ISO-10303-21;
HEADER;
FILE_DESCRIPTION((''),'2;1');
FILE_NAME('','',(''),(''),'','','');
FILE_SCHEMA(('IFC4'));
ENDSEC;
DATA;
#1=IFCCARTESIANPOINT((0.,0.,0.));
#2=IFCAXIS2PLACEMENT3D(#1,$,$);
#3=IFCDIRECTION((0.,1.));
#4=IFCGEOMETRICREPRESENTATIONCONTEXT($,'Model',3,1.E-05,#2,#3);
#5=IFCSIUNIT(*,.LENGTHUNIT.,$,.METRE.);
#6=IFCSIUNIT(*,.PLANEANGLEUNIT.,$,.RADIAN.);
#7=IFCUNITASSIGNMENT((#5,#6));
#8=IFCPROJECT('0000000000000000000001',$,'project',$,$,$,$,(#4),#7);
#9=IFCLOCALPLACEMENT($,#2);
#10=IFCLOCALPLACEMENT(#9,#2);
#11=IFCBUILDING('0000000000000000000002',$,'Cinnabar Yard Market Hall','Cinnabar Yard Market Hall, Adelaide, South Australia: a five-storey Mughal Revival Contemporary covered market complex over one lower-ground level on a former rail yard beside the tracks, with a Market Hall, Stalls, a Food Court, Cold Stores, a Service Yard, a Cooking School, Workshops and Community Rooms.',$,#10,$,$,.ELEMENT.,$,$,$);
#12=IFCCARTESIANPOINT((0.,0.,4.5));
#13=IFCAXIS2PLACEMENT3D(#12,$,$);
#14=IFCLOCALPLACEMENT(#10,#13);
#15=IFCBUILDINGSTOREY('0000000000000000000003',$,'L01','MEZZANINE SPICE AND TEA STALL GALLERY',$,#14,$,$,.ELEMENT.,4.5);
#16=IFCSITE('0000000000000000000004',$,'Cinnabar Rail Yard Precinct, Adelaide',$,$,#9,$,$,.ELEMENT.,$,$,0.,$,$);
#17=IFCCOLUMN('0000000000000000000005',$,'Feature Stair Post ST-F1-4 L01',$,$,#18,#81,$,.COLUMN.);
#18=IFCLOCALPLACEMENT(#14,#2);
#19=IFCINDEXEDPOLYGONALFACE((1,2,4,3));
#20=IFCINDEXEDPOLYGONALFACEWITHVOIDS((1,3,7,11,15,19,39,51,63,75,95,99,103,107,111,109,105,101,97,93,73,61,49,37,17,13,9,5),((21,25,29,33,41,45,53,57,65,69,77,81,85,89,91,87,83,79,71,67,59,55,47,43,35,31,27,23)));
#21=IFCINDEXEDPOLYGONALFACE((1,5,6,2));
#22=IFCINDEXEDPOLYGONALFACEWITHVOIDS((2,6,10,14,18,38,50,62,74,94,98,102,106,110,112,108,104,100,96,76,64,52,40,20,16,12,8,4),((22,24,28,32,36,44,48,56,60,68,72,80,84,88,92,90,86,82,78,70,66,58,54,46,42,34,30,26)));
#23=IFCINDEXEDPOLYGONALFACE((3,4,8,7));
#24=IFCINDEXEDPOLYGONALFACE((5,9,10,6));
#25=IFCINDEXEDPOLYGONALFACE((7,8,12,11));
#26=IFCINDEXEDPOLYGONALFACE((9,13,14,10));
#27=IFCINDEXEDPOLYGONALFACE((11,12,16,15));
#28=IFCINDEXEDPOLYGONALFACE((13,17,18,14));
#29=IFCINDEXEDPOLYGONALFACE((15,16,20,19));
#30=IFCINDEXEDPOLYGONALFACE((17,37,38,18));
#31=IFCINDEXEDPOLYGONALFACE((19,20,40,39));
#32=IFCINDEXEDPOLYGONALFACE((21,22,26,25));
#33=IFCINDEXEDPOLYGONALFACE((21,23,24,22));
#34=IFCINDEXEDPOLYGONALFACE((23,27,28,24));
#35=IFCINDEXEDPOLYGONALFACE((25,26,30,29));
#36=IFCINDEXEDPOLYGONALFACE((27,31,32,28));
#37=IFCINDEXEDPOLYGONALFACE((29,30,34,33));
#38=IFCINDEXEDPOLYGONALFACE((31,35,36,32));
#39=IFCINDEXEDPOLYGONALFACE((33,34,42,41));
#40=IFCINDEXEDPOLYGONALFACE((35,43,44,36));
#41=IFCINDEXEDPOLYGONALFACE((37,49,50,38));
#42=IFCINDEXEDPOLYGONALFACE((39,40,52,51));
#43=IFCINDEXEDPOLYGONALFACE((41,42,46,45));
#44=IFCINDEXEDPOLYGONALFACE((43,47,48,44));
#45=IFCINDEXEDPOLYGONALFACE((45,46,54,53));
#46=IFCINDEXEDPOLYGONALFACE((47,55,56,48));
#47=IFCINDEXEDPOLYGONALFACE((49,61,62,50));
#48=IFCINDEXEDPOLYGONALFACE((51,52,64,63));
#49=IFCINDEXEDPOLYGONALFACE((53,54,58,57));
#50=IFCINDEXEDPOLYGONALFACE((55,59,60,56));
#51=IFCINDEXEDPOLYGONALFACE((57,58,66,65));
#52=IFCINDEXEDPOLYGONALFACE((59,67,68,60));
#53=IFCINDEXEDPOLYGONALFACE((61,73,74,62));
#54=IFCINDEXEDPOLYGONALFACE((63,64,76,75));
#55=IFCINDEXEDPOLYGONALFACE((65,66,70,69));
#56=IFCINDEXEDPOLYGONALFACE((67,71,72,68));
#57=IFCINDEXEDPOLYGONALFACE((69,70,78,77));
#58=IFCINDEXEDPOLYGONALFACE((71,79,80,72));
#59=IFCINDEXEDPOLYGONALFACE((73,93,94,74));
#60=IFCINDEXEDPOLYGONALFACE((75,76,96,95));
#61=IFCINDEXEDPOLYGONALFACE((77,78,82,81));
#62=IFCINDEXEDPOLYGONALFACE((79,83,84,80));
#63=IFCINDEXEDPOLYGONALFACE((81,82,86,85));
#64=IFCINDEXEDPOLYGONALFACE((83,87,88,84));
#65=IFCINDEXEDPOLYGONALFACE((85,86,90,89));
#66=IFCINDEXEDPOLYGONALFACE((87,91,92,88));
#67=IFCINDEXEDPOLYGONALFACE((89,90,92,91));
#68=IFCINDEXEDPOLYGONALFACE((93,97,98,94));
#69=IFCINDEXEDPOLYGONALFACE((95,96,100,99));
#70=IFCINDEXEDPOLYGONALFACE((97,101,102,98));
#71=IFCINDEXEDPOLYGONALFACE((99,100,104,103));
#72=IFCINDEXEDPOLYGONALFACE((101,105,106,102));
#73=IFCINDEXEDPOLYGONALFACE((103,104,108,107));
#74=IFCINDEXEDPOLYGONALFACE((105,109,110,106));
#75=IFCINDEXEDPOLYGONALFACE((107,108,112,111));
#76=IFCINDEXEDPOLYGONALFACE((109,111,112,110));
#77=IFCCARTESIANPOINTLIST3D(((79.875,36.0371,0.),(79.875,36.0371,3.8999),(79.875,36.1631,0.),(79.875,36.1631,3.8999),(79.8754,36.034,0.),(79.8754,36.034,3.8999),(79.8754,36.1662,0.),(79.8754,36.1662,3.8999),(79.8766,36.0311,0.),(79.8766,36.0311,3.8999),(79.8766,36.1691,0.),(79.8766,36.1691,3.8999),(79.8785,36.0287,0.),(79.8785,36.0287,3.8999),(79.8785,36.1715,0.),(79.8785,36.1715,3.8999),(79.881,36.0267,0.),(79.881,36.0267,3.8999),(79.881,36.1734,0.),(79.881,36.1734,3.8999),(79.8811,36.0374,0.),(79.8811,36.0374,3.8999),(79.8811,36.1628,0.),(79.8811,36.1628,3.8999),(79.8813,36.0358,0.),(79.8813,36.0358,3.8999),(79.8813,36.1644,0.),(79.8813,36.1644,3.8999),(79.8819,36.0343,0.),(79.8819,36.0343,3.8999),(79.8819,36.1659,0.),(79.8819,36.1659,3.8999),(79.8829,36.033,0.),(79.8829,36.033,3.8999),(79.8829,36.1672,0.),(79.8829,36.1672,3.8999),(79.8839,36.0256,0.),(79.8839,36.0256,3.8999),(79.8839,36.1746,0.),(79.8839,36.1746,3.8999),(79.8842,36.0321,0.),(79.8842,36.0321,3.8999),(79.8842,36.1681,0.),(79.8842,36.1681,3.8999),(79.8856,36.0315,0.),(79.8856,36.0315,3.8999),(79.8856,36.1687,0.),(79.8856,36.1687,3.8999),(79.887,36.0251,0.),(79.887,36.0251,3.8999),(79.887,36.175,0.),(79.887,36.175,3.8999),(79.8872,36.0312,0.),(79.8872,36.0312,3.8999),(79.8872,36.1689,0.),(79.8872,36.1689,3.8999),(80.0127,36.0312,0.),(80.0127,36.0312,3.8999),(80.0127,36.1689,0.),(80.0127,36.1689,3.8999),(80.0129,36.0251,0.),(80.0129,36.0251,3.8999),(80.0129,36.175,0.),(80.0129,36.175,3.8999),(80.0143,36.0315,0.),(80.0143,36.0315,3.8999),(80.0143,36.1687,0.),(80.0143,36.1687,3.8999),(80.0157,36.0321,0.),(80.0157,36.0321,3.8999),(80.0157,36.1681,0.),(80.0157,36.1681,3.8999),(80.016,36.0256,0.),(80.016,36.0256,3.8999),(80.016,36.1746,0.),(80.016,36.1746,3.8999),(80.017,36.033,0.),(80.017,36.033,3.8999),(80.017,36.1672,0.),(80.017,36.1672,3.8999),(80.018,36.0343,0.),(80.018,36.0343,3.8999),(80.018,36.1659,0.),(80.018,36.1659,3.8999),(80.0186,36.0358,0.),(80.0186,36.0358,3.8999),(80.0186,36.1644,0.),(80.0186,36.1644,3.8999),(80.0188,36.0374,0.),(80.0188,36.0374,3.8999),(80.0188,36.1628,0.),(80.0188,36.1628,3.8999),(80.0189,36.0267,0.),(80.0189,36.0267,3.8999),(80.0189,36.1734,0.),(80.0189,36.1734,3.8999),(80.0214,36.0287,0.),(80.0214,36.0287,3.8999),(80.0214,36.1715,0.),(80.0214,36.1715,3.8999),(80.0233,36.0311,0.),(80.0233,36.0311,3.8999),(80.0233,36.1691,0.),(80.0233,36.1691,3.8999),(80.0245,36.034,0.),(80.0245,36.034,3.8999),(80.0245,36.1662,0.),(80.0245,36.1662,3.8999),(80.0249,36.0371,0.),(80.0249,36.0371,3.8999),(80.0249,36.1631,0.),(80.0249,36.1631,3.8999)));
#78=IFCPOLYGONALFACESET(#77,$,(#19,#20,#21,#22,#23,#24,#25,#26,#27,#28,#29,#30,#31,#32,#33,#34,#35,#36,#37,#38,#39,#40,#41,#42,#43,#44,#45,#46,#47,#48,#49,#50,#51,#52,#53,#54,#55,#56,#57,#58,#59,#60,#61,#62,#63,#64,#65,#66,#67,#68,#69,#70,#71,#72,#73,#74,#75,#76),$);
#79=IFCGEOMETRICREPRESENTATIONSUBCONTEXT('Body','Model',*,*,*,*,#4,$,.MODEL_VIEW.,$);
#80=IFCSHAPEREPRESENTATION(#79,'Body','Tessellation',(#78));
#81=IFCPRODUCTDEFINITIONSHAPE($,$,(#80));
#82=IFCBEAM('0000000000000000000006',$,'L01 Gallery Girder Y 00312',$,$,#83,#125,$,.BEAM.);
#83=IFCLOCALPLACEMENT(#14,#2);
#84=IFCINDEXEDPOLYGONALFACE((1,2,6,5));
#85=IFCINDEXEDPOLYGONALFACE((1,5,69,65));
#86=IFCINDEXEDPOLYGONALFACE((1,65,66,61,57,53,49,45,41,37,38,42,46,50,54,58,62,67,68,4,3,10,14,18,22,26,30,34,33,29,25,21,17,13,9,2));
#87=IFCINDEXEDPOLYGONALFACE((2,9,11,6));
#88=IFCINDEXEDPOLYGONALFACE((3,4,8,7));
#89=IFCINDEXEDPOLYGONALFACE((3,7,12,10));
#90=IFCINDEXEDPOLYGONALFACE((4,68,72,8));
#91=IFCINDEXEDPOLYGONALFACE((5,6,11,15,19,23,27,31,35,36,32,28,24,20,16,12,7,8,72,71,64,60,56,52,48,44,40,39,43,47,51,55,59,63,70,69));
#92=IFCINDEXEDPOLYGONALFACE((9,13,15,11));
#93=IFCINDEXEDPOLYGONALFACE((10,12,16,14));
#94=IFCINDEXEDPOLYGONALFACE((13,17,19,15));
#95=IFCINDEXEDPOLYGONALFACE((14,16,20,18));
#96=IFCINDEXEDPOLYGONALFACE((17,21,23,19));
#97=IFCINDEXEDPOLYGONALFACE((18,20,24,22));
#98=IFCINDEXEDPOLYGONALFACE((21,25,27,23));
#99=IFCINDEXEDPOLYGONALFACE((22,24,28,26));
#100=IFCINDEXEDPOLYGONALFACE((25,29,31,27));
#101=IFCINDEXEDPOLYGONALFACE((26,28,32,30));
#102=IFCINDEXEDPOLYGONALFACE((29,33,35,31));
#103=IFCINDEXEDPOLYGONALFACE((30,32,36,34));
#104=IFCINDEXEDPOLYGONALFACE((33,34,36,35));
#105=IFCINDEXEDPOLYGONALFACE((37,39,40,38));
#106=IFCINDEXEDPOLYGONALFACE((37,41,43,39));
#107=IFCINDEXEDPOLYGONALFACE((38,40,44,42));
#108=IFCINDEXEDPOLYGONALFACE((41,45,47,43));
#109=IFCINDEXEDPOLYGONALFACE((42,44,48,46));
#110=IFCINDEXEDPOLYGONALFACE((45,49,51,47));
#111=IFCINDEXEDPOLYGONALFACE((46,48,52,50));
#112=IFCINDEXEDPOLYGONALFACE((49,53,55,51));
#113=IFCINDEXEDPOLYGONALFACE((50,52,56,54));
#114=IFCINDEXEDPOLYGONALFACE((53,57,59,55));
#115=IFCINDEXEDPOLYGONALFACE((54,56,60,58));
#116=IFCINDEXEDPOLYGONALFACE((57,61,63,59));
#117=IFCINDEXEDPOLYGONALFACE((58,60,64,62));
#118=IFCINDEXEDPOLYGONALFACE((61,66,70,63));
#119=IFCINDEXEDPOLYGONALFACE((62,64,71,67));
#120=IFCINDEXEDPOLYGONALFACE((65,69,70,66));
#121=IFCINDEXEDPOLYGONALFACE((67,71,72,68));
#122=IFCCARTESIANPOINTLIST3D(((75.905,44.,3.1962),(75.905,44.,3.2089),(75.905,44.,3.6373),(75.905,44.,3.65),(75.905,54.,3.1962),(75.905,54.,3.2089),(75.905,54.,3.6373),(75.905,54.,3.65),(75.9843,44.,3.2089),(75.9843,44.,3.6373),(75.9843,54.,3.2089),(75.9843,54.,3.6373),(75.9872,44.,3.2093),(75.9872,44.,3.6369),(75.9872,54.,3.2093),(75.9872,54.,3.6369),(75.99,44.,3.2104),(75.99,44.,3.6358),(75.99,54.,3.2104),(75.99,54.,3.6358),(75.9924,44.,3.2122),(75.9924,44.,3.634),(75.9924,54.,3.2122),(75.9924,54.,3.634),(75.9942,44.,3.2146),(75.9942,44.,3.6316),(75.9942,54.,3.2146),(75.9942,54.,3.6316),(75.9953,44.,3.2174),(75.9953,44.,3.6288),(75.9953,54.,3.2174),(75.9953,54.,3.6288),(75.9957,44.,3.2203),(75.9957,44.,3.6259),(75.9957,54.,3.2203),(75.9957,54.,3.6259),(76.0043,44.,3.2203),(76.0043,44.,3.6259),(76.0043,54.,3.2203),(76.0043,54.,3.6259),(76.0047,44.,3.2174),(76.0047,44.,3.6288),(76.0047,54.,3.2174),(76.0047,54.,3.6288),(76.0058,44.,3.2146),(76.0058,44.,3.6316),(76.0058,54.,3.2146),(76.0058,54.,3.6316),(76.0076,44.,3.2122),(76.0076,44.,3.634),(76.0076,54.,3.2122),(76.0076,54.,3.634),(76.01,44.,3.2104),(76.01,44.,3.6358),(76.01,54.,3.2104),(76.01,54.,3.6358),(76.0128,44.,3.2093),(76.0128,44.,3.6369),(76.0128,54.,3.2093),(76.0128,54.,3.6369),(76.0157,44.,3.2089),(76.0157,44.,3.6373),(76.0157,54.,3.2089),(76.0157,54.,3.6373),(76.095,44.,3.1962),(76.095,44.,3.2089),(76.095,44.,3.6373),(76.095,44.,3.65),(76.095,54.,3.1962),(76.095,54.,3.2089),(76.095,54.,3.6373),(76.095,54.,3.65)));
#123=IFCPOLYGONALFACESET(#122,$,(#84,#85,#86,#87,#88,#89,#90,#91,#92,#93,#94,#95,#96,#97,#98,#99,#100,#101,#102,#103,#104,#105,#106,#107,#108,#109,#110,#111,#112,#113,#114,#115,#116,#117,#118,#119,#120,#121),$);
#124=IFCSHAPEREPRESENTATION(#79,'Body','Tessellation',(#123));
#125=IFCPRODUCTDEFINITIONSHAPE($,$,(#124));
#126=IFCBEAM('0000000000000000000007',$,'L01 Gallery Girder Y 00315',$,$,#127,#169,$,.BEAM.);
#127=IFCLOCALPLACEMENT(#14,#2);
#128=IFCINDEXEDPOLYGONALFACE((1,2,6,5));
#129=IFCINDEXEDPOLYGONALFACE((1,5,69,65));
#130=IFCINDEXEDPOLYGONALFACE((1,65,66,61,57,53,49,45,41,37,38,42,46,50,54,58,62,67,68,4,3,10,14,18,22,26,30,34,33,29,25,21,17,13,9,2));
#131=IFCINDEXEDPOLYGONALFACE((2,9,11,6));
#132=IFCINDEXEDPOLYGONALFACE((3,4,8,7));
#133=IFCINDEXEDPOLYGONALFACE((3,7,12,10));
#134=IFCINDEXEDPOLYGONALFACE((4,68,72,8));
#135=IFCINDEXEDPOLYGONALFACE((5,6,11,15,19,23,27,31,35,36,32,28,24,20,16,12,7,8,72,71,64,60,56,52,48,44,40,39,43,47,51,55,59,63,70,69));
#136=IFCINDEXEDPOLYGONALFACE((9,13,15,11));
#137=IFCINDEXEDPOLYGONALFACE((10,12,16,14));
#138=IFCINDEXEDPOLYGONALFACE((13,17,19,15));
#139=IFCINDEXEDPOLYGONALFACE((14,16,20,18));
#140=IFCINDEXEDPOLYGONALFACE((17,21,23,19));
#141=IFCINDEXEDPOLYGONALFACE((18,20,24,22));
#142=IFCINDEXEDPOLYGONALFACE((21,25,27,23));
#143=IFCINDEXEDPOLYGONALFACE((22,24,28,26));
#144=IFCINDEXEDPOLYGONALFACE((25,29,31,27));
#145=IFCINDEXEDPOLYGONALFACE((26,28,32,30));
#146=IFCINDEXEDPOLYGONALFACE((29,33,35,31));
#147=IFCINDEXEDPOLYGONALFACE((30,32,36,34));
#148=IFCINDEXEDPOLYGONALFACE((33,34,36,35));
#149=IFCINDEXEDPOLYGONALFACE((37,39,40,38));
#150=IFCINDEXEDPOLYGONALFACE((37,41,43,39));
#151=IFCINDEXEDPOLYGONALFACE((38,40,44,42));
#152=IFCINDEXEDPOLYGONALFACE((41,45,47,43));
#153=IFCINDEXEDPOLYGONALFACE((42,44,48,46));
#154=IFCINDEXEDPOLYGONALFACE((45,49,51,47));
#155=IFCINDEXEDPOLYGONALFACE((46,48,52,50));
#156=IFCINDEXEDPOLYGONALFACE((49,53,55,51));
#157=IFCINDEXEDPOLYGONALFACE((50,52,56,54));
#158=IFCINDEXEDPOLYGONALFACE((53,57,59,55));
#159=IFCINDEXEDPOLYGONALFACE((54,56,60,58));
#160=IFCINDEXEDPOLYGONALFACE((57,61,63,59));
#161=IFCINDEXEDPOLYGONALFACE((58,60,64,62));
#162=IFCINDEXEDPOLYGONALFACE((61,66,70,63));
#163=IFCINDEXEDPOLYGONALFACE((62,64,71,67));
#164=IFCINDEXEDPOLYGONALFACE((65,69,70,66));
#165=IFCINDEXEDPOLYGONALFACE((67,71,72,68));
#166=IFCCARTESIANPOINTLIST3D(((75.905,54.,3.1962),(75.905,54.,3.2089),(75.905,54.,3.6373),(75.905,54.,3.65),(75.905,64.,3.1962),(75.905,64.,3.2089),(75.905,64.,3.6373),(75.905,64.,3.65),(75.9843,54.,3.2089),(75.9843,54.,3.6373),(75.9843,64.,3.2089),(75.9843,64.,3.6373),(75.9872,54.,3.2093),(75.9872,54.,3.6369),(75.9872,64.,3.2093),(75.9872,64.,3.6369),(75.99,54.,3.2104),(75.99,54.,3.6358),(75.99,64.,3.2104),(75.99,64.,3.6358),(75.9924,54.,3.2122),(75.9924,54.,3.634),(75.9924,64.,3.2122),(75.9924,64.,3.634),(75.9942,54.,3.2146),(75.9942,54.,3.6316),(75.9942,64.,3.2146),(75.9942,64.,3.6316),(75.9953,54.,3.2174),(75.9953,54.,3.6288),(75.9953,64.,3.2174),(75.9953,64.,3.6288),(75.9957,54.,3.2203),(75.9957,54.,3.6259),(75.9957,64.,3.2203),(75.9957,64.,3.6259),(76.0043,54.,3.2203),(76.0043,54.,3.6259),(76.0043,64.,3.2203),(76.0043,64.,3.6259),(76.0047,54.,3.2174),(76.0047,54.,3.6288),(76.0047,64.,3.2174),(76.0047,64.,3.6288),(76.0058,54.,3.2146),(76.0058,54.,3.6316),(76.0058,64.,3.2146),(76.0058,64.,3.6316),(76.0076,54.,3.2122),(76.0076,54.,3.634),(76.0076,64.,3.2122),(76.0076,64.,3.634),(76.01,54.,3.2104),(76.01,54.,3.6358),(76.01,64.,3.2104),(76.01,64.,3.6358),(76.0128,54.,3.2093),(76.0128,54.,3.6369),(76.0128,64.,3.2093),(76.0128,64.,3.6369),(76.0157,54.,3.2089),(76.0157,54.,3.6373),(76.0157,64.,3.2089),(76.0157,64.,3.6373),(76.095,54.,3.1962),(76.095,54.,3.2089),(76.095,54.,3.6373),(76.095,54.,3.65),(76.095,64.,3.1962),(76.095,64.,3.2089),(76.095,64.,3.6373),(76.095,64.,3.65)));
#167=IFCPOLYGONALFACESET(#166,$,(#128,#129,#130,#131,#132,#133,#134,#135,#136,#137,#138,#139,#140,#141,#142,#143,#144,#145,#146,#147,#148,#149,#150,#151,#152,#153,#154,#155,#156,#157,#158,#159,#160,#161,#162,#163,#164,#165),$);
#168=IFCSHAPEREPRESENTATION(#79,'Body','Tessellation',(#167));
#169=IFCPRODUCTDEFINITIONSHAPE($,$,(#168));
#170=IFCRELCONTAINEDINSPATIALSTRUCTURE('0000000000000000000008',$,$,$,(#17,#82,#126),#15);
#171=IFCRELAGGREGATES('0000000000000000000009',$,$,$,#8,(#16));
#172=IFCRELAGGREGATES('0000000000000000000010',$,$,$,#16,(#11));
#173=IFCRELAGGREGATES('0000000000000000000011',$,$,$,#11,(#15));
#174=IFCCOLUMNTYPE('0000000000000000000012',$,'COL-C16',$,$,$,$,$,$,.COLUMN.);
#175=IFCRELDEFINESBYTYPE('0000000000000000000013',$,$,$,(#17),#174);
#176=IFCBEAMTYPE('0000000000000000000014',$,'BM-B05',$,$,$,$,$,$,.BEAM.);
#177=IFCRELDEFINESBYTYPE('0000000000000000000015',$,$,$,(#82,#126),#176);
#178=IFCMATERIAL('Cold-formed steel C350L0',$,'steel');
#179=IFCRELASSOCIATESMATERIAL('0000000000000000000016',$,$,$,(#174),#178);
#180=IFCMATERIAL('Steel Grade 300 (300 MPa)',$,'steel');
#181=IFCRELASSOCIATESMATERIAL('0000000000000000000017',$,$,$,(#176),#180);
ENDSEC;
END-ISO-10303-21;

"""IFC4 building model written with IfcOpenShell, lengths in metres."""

from ifc_helpers import new_model, si_unit, direction, frame, origin, origin_2d_with_axis, place, context, subcontext, project, spatial, hollow_rectangle, i_section, extrude, material, material_profile, profile_set, type_object, element, save


model = new_model("IFC4")

# Units and contexts
model_context = context("Model", 3, precision=1e-05, world=origin(), true_north=direction((0.0, 1.0)))
body_context = subcontext(model_context, "Body", "Model", "MODEL_VIEW")
ifc_project = project(units=[si_unit("LENGTHUNIT", "METRE"), si_unit("PLANEANGLEUNIT", "RADIAN")], contexts=[model_context])

# Site, building, storey
site_placement = place(None, origin())
site = spatial("IfcSite", under=ifc_project, at=site_placement, Name="Cinnabar Rail Yard Precinct, Adelaide", CompositionType="ELEMENT", RefElevation=0.0)
building_placement = place(site_placement, origin())
building = spatial("IfcBuilding", under=site, at=building_placement, Name="Cinnabar Yard Market Hall", Description="Cinnabar Yard Market Hall, Adelaide, South Australia: a five-storey Mughal Revival Contemporary covered market complex over one lower-ground level on a former rail yard beside the tracks, with a Market Hall, Stalls, a Food Court, Cold Stores, a Service Yard, a Cooking School, Workshops and Community Rooms.", CompositionType="ELEMENT")
storey_placement = place(building_placement, frame((0.0, 0.0, 4.5)))
storey = spatial("IfcBuildingStorey", under=building, at=storey_placement, Name="L01", Description="MEZZANINE SPICE AND TEA STALL GALLERY", CompositionType="ELEMENT", Elevation=4.5)

# Column
ifc_material_1 = material(Name="Cold-formed steel C350L0", Category="steel")
ifc_material_profile_1 = material_profile(ifc_material_1, hollow_rectangle(XDim=0.1499, YDim=0.1499, WallThickness=0.0061, InnerFilletRadius=0.0061, OuterFilletRadius=0.012, at=origin_2d_with_axis()), Name="150x150x6.0SHS")
ifc_profile_set_1 = profile_set([ifc_material_profile_1], Name="Cold-formed steel C350L0")
column_type_1 = type_object("IfcColumnType", Name="COL-C16", PredefinedType="COLUMN", material=ifc_profile_set_1)
for number, where, z_axis, x_axis, name in (
    (1, (79.95, 36.1001, 0.0), (0.0, 0.0, 1.0), (1.0, 0.0, 0.0), "Feature Stair Post ST-F1-4 L01"),
):
    element("IfcColumn", number, at=place(storey_placement, frame(where, z_axis=z_axis, x_axis=x_axis)), inside=storey, type_object=column_type_1, Name=name, PredefinedType="COLUMN", context=body_context, shape_type="SweptSolid", body=[
        extrude(hollow_rectangle(XDim=0.1499, YDim=0.1499, WallThickness=0.0061, InnerFilletRadius=0.0061, OuterFilletRadius=0.012, at=origin_2d_with_axis()), origin(), (0.0, 0.0, 1.0), 3.8999),
    ])

# Beams
ifc_material_2 = material(Name="Steel Grade 300 (300 MPa)", Category="steel")
ifc_material_profile_2 = material_profile(ifc_material_2, i_section(OverallWidth=0.1899, OverallDepth=0.4539, WebThickness=0.0085, FlangeThickness=0.0127, FilletRadius=0.0115, at=origin_2d_with_axis()), Name="460UB67.1")
ifc_profile_set_2 = profile_set([ifc_material_profile_2], Name="Steel Grade 300 (300 MPa)")
beam_type_1 = type_object("IfcBeamType", Name="BM-B05", PredefinedType="BEAM", material=ifc_profile_set_2)
for number, where, z_axis, x_axis, name in (
    (2, (76.0, 44.0, 3.4231), (0.0, 1.0, 0.0), (-1.0, 0.0, 0.0), "L01 Gallery Girder Y 00312"),
    (3, (76.0, 54.0, 3.4231), (0.0, 1.0, 0.0), (-1.0, 0.0, 0.0), "L01 Gallery Girder Y 00315"),
):
    element("IfcBeam", number, at=place(storey_placement, frame(where, z_axis=z_axis, x_axis=x_axis)), inside=storey, type_object=beam_type_1, Name=name, PredefinedType="BEAM", context=body_context, shape_type="SweptSolid", body=[
        extrude(i_section(OverallWidth=0.1899, OverallDepth=0.4539, WebThickness=0.0085, FlangeThickness=0.0127, FilletRadius=0.0115, at=origin_2d_with_axis()), origin(), (0.0, 0.0, 1.0), 10.0),
    ])

save(model, "model.ifc")
